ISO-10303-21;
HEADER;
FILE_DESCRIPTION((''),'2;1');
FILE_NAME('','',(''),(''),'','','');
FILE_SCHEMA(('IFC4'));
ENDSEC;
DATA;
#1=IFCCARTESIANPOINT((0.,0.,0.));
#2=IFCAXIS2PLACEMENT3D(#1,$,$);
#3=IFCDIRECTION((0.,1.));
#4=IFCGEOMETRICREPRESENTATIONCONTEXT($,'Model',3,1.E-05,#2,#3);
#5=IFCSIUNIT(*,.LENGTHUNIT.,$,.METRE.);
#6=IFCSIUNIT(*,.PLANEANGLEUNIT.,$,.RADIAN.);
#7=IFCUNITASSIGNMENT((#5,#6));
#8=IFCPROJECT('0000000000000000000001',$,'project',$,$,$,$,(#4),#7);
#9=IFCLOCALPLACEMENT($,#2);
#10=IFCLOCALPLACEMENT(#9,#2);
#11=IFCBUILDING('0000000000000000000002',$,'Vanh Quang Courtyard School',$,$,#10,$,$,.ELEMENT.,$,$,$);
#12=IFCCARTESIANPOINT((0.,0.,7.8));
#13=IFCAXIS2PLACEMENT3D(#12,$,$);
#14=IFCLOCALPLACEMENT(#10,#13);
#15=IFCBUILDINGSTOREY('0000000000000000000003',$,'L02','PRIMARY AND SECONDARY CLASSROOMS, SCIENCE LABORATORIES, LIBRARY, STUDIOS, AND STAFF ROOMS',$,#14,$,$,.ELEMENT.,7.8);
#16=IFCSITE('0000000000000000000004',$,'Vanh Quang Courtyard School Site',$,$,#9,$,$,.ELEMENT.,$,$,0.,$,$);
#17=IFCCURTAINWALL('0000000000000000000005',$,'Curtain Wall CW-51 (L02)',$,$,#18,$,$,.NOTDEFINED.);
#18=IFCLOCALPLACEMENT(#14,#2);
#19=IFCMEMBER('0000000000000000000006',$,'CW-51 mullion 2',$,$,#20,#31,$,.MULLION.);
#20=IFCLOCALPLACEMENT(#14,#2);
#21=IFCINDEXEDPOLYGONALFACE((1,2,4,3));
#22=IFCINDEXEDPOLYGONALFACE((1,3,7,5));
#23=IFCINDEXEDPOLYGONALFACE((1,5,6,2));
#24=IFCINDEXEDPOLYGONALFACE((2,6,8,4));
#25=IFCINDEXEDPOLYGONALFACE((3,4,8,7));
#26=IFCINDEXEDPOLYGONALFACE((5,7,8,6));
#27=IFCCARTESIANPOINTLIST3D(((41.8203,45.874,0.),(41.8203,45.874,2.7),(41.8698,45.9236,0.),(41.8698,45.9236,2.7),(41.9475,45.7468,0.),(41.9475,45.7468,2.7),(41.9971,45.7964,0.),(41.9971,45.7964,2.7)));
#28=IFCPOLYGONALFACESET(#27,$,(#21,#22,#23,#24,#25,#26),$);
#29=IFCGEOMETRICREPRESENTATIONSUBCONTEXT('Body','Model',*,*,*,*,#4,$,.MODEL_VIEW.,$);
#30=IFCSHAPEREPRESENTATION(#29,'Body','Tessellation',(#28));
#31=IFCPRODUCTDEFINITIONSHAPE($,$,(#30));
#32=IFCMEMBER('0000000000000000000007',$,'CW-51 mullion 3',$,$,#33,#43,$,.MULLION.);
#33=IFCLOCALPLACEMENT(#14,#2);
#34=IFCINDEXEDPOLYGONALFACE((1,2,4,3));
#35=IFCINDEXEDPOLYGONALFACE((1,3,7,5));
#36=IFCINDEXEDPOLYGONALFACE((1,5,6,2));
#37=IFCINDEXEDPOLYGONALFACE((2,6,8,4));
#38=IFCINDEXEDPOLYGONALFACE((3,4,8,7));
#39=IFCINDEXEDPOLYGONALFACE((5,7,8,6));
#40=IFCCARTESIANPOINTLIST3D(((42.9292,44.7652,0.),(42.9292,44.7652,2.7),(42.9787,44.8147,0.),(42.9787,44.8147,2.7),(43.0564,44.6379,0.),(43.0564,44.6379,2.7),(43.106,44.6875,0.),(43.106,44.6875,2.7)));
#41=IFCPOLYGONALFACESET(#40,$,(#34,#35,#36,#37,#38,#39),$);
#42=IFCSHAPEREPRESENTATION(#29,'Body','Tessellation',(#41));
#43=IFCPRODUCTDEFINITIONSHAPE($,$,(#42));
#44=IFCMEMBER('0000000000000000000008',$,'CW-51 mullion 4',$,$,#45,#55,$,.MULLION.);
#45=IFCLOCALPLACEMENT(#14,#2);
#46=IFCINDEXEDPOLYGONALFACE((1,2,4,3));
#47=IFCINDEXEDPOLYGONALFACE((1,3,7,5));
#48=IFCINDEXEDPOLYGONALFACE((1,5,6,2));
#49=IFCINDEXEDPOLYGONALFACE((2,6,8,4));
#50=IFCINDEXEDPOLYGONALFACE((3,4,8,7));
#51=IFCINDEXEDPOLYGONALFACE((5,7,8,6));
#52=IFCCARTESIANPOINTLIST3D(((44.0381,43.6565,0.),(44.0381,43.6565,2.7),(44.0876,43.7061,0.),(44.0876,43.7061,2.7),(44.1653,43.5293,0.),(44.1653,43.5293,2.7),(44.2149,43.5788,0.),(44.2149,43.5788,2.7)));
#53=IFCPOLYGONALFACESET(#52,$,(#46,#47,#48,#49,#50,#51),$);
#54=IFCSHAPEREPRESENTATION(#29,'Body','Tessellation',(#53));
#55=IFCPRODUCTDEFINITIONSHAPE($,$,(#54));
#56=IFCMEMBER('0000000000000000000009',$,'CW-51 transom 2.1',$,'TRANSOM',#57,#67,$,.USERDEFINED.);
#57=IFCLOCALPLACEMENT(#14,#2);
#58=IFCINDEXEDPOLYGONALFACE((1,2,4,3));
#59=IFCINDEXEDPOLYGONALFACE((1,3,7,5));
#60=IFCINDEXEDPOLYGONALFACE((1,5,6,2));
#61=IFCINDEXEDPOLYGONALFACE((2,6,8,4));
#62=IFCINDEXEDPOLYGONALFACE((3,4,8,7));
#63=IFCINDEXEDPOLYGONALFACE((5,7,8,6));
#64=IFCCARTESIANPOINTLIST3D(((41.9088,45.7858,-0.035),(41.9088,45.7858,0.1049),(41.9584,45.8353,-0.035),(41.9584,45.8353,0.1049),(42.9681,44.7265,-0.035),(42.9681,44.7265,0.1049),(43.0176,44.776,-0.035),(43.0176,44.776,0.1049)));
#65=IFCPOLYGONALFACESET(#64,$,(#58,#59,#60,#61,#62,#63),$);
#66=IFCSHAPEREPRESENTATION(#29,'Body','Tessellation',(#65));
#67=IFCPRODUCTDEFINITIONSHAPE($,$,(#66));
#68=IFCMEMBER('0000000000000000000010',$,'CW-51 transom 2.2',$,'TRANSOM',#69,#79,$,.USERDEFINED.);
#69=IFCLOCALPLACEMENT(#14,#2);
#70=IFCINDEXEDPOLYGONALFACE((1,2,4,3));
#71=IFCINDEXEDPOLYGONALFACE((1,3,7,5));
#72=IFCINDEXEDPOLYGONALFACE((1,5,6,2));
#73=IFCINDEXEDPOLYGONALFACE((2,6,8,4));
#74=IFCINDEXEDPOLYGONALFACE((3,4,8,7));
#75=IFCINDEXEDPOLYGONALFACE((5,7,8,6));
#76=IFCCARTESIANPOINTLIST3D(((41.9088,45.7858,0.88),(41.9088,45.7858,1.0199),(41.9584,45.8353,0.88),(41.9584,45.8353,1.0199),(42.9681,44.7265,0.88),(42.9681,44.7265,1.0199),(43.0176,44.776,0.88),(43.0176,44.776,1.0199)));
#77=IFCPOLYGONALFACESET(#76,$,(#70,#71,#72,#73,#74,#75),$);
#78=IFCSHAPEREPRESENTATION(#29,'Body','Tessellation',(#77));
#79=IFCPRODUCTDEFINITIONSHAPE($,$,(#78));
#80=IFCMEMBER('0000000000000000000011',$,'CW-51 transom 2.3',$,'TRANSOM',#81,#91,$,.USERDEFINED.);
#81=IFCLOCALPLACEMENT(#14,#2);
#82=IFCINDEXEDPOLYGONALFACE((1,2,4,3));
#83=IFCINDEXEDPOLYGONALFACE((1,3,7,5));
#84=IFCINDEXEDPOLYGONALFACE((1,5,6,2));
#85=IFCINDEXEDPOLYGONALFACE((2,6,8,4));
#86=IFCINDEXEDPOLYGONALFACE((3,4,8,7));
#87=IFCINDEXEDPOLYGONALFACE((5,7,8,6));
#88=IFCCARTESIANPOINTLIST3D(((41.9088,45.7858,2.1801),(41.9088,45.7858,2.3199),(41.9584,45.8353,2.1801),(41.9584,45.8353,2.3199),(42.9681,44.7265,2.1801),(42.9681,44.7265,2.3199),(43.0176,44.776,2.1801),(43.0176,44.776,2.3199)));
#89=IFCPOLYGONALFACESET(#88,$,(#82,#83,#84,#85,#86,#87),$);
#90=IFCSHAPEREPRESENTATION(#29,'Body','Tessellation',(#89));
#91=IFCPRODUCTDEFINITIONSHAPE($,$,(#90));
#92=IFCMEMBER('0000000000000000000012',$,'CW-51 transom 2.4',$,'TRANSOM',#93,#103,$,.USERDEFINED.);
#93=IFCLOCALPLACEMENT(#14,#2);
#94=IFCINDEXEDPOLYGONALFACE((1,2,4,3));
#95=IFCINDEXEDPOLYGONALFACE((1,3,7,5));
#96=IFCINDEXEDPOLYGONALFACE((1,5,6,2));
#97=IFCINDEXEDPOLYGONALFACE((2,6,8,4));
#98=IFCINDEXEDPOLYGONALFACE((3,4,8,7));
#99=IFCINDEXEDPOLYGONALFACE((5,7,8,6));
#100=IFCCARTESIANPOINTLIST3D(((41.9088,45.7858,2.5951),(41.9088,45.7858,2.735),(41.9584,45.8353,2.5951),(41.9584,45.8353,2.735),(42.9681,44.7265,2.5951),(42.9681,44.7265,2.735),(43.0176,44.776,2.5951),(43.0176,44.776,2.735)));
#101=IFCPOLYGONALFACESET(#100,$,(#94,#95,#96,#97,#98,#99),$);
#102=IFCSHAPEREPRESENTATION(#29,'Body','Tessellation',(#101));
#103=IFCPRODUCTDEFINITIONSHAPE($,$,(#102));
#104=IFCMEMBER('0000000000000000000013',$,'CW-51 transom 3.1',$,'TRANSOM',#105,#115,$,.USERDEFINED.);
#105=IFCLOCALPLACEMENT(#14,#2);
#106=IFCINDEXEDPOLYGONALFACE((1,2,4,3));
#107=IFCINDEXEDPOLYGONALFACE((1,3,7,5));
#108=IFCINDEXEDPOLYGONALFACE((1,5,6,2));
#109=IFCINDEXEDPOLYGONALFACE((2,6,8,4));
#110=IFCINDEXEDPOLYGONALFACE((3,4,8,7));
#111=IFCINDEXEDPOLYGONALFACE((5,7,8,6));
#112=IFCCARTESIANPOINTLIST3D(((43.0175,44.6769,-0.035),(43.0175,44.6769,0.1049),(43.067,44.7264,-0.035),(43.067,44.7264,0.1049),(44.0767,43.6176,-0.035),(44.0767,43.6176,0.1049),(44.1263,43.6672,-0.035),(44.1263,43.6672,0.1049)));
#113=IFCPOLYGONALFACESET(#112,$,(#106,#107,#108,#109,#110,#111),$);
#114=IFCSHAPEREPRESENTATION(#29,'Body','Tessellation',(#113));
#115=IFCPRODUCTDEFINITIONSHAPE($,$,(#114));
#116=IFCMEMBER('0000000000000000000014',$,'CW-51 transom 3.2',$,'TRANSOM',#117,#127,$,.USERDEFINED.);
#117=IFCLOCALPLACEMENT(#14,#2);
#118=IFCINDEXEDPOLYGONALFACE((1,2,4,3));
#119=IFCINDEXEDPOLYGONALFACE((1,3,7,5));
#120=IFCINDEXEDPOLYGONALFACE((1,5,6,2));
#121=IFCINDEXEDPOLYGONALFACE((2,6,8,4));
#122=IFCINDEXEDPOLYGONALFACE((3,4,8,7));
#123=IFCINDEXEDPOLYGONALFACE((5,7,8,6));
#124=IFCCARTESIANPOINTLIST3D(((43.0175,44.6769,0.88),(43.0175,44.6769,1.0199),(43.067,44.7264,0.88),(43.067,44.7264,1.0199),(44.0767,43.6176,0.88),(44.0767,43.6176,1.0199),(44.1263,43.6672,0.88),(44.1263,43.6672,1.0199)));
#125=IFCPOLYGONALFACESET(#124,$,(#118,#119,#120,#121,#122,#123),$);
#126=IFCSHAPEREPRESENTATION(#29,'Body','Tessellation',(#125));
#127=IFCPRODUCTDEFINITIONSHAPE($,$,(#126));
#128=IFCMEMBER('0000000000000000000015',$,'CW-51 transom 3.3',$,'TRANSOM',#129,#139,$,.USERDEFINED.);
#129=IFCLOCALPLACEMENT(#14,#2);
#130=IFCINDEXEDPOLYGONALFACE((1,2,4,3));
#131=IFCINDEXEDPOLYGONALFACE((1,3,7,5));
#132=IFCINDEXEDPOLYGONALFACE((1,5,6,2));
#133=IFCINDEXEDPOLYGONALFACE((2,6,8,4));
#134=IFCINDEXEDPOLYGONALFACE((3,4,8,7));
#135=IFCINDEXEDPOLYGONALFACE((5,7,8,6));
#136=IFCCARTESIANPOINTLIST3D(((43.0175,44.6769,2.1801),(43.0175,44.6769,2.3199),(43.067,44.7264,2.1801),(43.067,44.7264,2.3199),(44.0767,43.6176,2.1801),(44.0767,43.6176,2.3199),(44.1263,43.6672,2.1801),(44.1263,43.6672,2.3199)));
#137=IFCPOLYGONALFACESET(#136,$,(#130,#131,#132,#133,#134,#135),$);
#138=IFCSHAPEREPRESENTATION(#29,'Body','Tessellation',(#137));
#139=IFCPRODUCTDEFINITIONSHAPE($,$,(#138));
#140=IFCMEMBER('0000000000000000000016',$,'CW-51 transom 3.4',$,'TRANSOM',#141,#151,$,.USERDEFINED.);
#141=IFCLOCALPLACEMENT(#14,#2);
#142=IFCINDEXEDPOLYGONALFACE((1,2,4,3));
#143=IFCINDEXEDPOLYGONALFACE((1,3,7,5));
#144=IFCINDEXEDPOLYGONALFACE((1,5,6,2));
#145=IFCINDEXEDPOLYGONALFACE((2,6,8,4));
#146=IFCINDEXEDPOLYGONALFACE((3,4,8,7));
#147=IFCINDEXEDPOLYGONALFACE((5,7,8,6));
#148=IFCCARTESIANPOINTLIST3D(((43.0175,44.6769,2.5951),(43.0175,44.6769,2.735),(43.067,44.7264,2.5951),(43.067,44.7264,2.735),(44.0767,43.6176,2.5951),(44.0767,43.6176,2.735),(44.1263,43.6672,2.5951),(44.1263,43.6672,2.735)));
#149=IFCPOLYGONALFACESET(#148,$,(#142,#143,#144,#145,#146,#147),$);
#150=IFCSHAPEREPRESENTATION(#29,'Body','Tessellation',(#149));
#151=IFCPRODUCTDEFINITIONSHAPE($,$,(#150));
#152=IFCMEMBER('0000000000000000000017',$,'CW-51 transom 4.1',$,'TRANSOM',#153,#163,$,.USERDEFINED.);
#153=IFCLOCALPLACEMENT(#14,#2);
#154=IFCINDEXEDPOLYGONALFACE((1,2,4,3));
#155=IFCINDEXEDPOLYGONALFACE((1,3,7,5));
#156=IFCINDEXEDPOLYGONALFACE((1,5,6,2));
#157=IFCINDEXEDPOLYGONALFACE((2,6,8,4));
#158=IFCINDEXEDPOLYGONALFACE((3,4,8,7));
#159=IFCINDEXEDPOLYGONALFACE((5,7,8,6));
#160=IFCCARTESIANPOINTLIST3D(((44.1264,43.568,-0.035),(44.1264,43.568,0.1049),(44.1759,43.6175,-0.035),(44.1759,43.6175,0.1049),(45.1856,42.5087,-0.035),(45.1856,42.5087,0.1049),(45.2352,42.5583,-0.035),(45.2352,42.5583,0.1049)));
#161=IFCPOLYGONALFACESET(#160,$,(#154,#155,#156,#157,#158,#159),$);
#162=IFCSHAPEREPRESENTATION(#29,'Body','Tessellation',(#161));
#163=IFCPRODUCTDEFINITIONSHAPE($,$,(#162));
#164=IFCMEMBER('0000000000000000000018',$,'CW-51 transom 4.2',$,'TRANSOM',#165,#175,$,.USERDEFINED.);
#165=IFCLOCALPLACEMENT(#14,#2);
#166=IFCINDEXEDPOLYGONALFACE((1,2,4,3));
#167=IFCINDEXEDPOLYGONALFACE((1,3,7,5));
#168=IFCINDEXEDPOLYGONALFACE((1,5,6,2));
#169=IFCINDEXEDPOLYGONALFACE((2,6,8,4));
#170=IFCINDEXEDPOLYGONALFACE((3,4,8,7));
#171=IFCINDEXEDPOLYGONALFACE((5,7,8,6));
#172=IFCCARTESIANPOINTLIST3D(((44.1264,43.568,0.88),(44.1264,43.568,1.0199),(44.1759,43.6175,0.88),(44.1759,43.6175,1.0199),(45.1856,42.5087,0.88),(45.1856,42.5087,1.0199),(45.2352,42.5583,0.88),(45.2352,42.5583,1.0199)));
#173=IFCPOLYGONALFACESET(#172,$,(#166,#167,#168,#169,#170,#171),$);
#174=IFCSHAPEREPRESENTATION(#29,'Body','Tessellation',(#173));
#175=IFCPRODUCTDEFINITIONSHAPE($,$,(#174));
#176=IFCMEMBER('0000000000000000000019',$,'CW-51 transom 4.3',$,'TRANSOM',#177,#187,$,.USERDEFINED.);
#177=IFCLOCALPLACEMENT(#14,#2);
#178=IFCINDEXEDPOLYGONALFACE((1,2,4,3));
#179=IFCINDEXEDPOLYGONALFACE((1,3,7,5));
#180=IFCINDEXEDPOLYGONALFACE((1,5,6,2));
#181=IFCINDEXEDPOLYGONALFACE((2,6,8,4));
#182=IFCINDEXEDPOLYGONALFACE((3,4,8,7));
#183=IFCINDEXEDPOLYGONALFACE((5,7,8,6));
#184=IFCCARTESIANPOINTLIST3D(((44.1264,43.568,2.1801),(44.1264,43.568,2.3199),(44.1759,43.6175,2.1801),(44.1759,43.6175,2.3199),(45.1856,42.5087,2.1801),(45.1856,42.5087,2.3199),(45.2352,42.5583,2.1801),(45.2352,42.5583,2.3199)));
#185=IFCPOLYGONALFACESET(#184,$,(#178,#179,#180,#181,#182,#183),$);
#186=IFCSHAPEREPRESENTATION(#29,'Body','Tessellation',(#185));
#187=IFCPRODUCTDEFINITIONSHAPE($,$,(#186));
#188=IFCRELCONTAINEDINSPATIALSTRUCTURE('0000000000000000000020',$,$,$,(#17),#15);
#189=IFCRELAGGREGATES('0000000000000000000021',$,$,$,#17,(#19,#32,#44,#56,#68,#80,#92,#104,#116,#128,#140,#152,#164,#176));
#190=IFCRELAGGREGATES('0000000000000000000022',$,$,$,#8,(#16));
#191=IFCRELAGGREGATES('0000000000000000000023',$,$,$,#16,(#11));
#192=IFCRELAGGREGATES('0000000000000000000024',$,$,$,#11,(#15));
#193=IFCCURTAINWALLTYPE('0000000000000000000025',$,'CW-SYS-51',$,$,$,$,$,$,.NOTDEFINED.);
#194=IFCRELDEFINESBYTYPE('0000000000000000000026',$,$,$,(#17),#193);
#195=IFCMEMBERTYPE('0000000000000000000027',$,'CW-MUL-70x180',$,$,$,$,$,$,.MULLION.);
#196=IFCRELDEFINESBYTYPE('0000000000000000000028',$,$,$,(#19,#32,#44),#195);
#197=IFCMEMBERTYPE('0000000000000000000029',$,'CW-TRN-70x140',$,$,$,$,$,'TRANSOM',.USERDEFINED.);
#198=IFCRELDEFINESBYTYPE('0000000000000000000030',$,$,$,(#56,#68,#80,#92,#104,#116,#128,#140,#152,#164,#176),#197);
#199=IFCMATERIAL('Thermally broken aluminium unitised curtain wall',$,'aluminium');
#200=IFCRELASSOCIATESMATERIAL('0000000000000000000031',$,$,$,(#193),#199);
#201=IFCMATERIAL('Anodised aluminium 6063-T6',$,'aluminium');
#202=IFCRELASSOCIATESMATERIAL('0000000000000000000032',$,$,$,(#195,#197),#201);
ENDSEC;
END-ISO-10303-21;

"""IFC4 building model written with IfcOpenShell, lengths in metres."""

from ifc_helpers import new_model, si_unit, direction, frame, origin, origin_2d, place, context, subcontext, project, spatial, rectangle, extrude, material, material_profile, profile_set, type_object, element, aggregate, save


model = new_model("IFC4")

# Units and contexts
model_context = context("Model", 3, precision=1e-05, world=origin(), true_north=direction((0.0, 1.0)))
body_context = subcontext(model_context, "Body", "Model", "MODEL_VIEW")
ifc_project = project(units=[si_unit("LENGTHUNIT", "METRE"), si_unit("PLANEANGLEUNIT", "RADIAN")], contexts=[model_context])

# Site, building, storey
site_placement = place(None, origin())
site = spatial("IfcSite", under=ifc_project, at=site_placement, Name="Vanh Quang Courtyard School Site", CompositionType="ELEMENT", RefElevation=0.0)
building_placement = place(site_placement, origin())
building = spatial("IfcBuilding", under=site, at=building_placement, Name="Vanh Quang Courtyard School", CompositionType="ELEMENT")
storey_placement = place(building_placement, frame((0.0, 0.0, 7.8)))
storey = spatial("IfcBuildingStorey", under=building, at=storey_placement, Name="L02", Description="PRIMARY AND SECONDARY CLASSROOMS, SCIENCE LABORATORIES, LIBRARY, STUDIOS, AND STAFF ROOMS", CompositionType="ELEMENT", Elevation=7.8)

# Curtain wall, members
ifc_material_1 = material(Name="Thermally broken aluminium unitised curtain wall", Category="aluminium")
curtain_wall_type = type_object("IfcCurtainWallType", Name="CW-SYS-51", PredefinedType="NOTDEFINED", material=ifc_material_1)
curtain_wall_placement = place(storey_placement, origin())
curtain_wall = element("IfcCurtainWall", 1, at=curtain_wall_placement, inside=storey, type_object=curtain_wall_type, Name="Curtain Wall CW-51 (L02)", PredefinedType="NOTDEFINED")
ifc_material_2 = material(Name="Anodised aluminium 6063-T6", Category="aluminium")
ifc_material_profile_1 = material_profile(ifc_material_2, rectangle(XDim=0.0701, YDim=0.1799, at=origin_2d()), Name="ALU-MUL 70x180")
ifc_profile_set_1 = profile_set([ifc_material_profile_1], Name="Anodised aluminium 6063-T6")
member_type_1 = type_object("IfcMemberType", Name="CW-MUL-70x180", PredefinedType="MULLION", material=ifc_profile_set_1)
member_1_placement = place(storey_placement, frame((41.9087, 45.8352, 0.0), z_axis=(0.0, 0.0, 1.0), x_axis=(0.707107, 0.707107, 0.0)))
member_1 = element("IfcMember", 2, at=member_1_placement, type_object=member_type_1, Name="CW-51 mullion 2", PredefinedType="MULLION", context=body_context, shape_type="SweptSolid", body=[
    extrude(rectangle(XDim=0.0701, YDim=0.1799, at=origin_2d()), origin(), (0.0, 0.0, 1.0), 2.7),
])
member_2_placement = place(storey_placement, frame((43.0176, 44.7263, 0.0), z_axis=(0.0, 0.0, 1.0), x_axis=(0.707107, 0.707107, 0.0)))
member_2 = element("IfcMember", 3, at=member_2_placement, type_object=member_type_1, Name="CW-51 mullion 3", PredefinedType="MULLION", context=body_context, shape_type="SweptSolid", body=[
    extrude(rectangle(XDim=0.0701, YDim=0.1799, at=origin_2d()), origin(), (0.0, 0.0, 1.0), 2.7),
])
member_3_placement = place(storey_placement, frame((44.1265, 43.6177, 0.0), z_axis=(0.0, 0.0, 1.0), x_axis=(0.707107, 0.707107, 0.0)))
member_3 = element("IfcMember", 4, at=member_3_placement, type_object=member_type_1, Name="CW-51 mullion 4", PredefinedType="MULLION", context=body_context, shape_type="SweptSolid", body=[
    extrude(rectangle(XDim=0.0701, YDim=0.1799, at=origin_2d()), origin(), (0.0, 0.0, 1.0), 2.7),
])
ifc_material_profile_2 = material_profile(ifc_material_2, rectangle(XDim=0.0701, YDim=0.1399, at=origin_2d()), Name="ALU-TRN 70x140")
ifc_profile_set_2 = profile_set([ifc_material_profile_2], Name="Anodised aluminium 6063-T6")
member_type_2 = type_object("IfcMemberType", Name="CW-TRN-70x140", ElementType="TRANSOM", PredefinedType="USERDEFINED", material=ifc_profile_set_2)
member_4_placement = place(storey_placement, frame((41.9336, 45.8105, 0.0349), z_axis=(0.707107, -0.707107, 0.0), x_axis=(0.707107, 0.707107, 0.0)))
member_4 = element("IfcMember", 5, at=member_4_placement, type_object=member_type_2, Name="CW-51 transom 2.1", ObjectType="TRANSOM", PredefinedType="USERDEFINED", context=body_context, shape_type="SweptSolid", body=[
    extrude(rectangle(XDim=0.0701, YDim=0.1399, at=origin_2d()), origin(), (0.0, 0.0, 1.0), 1.498),
])
member_5_placement = place(storey_placement, frame((41.9336, 45.8105, 0.95), z_axis=(0.707107, -0.707107, 0.0), x_axis=(0.707107, 0.707107, 0.0)))
member_5 = element("IfcMember", 6, at=member_5_placement, type_object=member_type_2, Name="CW-51 transom 2.2", ObjectType="TRANSOM", PredefinedType="USERDEFINED", context=body_context, shape_type="SweptSolid", body=[
    extrude(rectangle(XDim=0.0701, YDim=0.1399, at=origin_2d()), origin(), (0.0, 0.0, 1.0), 1.498),
])
member_6_placement = place(storey_placement, frame((41.9336, 45.8105, 2.25), z_axis=(0.707107, -0.707107, 0.0), x_axis=(0.707107, 0.707107, 0.0)))
member_6 = element("IfcMember", 7, at=member_6_placement, type_object=member_type_2, Name="CW-51 transom 2.3", ObjectType="TRANSOM", PredefinedType="USERDEFINED", context=body_context, shape_type="SweptSolid", body=[
    extrude(rectangle(XDim=0.0701, YDim=0.1399, at=origin_2d()), origin(), (0.0, 0.0, 1.0), 1.498),
])
member_7_placement = place(storey_placement, frame((41.9336, 45.8105, 2.665), z_axis=(0.707107, -0.707107, 0.0), x_axis=(0.707107, 0.707107, 0.0)))
member_7 = element("IfcMember", 8, at=member_7_placement, type_object=member_type_2, Name="CW-51 transom 2.4", ObjectType="TRANSOM", PredefinedType="USERDEFINED", context=body_context, shape_type="SweptSolid", body=[
    extrude(rectangle(XDim=0.0701, YDim=0.1399, at=origin_2d()), origin(), (0.0, 0.0, 1.0), 1.498),
])
member_8_placement = place(storey_placement, frame((43.0422, 44.7017, 0.0349), z_axis=(0.707107, -0.707107, 0.0), x_axis=(0.707107, 0.707107, 0.0)))
member_8 = element("IfcMember", 9, at=member_8_placement, type_object=member_type_2, Name="CW-51 transom 3.1", ObjectType="TRANSOM", PredefinedType="USERDEFINED", context=body_context, shape_type="SweptSolid", body=[
    extrude(rectangle(XDim=0.0701, YDim=0.1399, at=origin_2d()), origin(), (0.0, 0.0, 1.0), 1.498),
])
member_9_placement = place(storey_placement, frame((43.0422, 44.7017, 0.95), z_axis=(0.707107, -0.707107, 0.0), x_axis=(0.707107, 0.707107, 0.0)))
member_9 = element("IfcMember", 10, at=member_9_placement, type_object=member_type_2, Name="CW-51 transom 3.2", ObjectType="TRANSOM", PredefinedType="USERDEFINED", context=body_context, shape_type="SweptSolid", body=[
    extrude(rectangle(XDim=0.0701, YDim=0.1399, at=origin_2d()), origin(), (0.0, 0.0, 1.0), 1.498),
])
member_10_placement = place(storey_placement, frame((43.0422, 44.7017, 2.25), z_axis=(0.707107, -0.707107, 0.0), x_axis=(0.707107, 0.707107, 0.0)))
member_10 = element("IfcMember", 11, at=member_10_placement, type_object=member_type_2, Name="CW-51 transom 3.3", ObjectType="TRANSOM", PredefinedType="USERDEFINED", context=body_context, shape_type="SweptSolid", body=[
    extrude(rectangle(XDim=0.0701, YDim=0.1399, at=origin_2d()), origin(), (0.0, 0.0, 1.0), 1.498),
])
member_11_placement = place(storey_placement, frame((43.0422, 44.7017, 2.665), z_axis=(0.707107, -0.707107, 0.0), x_axis=(0.707107, 0.707107, 0.0)))
member_11 = element("IfcMember", 12, at=member_11_placement, type_object=member_type_2, Name="CW-51 transom 3.4", ObjectType="TRANSOM", PredefinedType="USERDEFINED", context=body_context, shape_type="SweptSolid", body=[
    extrude(rectangle(XDim=0.0701, YDim=0.1399, at=origin_2d()), origin(), (0.0, 0.0, 1.0), 1.498),
])
member_12_placement = place(storey_placement, frame((44.1511, 43.5928, 0.0349), z_axis=(0.707107, -0.707107, 0.0), x_axis=(0.707107, 0.707107, 0.0)))
member_12 = element("IfcMember", 13, at=member_12_placement, type_object=member_type_2, Name="CW-51 transom 4.1", ObjectType="TRANSOM", PredefinedType="USERDEFINED", context=body_context, shape_type="SweptSolid", body=[
    extrude(rectangle(XDim=0.0701, YDim=0.1399, at=origin_2d()), origin(), (0.0, 0.0, 1.0), 1.498),
])
member_13_placement = place(storey_placement, frame((44.1511, 43.5928, 0.95), z_axis=(0.707107, -0.707107, 0.0), x_axis=(0.707107, 0.707107, 0.0)))
member_13 = element("IfcMember", 14, at=member_13_placement, type_object=member_type_2, Name="CW-51 transom 4.2", ObjectType="TRANSOM", PredefinedType="USERDEFINED", context=body_context, shape_type="SweptSolid", body=[
    extrude(rectangle(XDim=0.0701, YDim=0.1399, at=origin_2d()), origin(), (0.0, 0.0, 1.0), 1.498),
])
member_14_placement = place(storey_placement, frame((44.1511, 43.5928, 2.25), z_axis=(0.707107, -0.707107, 0.0), x_axis=(0.707107, 0.707107, 0.0)))
member_14 = element("IfcMember", 15, at=member_14_placement, type_object=member_type_2, Name="CW-51 transom 4.3", ObjectType="TRANSOM", PredefinedType="USERDEFINED", context=body_context, shape_type="SweptSolid", body=[
    extrude(rectangle(XDim=0.0701, YDim=0.1399, at=origin_2d()), origin(), (0.0, 0.0, 1.0), 1.498),
])
aggregate(curtain_wall, [member_1, member_2, member_3, member_4, member_5, member_6, member_7, member_8, member_9, member_10, member_11, member_12, member_13, member_14])

save(model, "model.ifc")
